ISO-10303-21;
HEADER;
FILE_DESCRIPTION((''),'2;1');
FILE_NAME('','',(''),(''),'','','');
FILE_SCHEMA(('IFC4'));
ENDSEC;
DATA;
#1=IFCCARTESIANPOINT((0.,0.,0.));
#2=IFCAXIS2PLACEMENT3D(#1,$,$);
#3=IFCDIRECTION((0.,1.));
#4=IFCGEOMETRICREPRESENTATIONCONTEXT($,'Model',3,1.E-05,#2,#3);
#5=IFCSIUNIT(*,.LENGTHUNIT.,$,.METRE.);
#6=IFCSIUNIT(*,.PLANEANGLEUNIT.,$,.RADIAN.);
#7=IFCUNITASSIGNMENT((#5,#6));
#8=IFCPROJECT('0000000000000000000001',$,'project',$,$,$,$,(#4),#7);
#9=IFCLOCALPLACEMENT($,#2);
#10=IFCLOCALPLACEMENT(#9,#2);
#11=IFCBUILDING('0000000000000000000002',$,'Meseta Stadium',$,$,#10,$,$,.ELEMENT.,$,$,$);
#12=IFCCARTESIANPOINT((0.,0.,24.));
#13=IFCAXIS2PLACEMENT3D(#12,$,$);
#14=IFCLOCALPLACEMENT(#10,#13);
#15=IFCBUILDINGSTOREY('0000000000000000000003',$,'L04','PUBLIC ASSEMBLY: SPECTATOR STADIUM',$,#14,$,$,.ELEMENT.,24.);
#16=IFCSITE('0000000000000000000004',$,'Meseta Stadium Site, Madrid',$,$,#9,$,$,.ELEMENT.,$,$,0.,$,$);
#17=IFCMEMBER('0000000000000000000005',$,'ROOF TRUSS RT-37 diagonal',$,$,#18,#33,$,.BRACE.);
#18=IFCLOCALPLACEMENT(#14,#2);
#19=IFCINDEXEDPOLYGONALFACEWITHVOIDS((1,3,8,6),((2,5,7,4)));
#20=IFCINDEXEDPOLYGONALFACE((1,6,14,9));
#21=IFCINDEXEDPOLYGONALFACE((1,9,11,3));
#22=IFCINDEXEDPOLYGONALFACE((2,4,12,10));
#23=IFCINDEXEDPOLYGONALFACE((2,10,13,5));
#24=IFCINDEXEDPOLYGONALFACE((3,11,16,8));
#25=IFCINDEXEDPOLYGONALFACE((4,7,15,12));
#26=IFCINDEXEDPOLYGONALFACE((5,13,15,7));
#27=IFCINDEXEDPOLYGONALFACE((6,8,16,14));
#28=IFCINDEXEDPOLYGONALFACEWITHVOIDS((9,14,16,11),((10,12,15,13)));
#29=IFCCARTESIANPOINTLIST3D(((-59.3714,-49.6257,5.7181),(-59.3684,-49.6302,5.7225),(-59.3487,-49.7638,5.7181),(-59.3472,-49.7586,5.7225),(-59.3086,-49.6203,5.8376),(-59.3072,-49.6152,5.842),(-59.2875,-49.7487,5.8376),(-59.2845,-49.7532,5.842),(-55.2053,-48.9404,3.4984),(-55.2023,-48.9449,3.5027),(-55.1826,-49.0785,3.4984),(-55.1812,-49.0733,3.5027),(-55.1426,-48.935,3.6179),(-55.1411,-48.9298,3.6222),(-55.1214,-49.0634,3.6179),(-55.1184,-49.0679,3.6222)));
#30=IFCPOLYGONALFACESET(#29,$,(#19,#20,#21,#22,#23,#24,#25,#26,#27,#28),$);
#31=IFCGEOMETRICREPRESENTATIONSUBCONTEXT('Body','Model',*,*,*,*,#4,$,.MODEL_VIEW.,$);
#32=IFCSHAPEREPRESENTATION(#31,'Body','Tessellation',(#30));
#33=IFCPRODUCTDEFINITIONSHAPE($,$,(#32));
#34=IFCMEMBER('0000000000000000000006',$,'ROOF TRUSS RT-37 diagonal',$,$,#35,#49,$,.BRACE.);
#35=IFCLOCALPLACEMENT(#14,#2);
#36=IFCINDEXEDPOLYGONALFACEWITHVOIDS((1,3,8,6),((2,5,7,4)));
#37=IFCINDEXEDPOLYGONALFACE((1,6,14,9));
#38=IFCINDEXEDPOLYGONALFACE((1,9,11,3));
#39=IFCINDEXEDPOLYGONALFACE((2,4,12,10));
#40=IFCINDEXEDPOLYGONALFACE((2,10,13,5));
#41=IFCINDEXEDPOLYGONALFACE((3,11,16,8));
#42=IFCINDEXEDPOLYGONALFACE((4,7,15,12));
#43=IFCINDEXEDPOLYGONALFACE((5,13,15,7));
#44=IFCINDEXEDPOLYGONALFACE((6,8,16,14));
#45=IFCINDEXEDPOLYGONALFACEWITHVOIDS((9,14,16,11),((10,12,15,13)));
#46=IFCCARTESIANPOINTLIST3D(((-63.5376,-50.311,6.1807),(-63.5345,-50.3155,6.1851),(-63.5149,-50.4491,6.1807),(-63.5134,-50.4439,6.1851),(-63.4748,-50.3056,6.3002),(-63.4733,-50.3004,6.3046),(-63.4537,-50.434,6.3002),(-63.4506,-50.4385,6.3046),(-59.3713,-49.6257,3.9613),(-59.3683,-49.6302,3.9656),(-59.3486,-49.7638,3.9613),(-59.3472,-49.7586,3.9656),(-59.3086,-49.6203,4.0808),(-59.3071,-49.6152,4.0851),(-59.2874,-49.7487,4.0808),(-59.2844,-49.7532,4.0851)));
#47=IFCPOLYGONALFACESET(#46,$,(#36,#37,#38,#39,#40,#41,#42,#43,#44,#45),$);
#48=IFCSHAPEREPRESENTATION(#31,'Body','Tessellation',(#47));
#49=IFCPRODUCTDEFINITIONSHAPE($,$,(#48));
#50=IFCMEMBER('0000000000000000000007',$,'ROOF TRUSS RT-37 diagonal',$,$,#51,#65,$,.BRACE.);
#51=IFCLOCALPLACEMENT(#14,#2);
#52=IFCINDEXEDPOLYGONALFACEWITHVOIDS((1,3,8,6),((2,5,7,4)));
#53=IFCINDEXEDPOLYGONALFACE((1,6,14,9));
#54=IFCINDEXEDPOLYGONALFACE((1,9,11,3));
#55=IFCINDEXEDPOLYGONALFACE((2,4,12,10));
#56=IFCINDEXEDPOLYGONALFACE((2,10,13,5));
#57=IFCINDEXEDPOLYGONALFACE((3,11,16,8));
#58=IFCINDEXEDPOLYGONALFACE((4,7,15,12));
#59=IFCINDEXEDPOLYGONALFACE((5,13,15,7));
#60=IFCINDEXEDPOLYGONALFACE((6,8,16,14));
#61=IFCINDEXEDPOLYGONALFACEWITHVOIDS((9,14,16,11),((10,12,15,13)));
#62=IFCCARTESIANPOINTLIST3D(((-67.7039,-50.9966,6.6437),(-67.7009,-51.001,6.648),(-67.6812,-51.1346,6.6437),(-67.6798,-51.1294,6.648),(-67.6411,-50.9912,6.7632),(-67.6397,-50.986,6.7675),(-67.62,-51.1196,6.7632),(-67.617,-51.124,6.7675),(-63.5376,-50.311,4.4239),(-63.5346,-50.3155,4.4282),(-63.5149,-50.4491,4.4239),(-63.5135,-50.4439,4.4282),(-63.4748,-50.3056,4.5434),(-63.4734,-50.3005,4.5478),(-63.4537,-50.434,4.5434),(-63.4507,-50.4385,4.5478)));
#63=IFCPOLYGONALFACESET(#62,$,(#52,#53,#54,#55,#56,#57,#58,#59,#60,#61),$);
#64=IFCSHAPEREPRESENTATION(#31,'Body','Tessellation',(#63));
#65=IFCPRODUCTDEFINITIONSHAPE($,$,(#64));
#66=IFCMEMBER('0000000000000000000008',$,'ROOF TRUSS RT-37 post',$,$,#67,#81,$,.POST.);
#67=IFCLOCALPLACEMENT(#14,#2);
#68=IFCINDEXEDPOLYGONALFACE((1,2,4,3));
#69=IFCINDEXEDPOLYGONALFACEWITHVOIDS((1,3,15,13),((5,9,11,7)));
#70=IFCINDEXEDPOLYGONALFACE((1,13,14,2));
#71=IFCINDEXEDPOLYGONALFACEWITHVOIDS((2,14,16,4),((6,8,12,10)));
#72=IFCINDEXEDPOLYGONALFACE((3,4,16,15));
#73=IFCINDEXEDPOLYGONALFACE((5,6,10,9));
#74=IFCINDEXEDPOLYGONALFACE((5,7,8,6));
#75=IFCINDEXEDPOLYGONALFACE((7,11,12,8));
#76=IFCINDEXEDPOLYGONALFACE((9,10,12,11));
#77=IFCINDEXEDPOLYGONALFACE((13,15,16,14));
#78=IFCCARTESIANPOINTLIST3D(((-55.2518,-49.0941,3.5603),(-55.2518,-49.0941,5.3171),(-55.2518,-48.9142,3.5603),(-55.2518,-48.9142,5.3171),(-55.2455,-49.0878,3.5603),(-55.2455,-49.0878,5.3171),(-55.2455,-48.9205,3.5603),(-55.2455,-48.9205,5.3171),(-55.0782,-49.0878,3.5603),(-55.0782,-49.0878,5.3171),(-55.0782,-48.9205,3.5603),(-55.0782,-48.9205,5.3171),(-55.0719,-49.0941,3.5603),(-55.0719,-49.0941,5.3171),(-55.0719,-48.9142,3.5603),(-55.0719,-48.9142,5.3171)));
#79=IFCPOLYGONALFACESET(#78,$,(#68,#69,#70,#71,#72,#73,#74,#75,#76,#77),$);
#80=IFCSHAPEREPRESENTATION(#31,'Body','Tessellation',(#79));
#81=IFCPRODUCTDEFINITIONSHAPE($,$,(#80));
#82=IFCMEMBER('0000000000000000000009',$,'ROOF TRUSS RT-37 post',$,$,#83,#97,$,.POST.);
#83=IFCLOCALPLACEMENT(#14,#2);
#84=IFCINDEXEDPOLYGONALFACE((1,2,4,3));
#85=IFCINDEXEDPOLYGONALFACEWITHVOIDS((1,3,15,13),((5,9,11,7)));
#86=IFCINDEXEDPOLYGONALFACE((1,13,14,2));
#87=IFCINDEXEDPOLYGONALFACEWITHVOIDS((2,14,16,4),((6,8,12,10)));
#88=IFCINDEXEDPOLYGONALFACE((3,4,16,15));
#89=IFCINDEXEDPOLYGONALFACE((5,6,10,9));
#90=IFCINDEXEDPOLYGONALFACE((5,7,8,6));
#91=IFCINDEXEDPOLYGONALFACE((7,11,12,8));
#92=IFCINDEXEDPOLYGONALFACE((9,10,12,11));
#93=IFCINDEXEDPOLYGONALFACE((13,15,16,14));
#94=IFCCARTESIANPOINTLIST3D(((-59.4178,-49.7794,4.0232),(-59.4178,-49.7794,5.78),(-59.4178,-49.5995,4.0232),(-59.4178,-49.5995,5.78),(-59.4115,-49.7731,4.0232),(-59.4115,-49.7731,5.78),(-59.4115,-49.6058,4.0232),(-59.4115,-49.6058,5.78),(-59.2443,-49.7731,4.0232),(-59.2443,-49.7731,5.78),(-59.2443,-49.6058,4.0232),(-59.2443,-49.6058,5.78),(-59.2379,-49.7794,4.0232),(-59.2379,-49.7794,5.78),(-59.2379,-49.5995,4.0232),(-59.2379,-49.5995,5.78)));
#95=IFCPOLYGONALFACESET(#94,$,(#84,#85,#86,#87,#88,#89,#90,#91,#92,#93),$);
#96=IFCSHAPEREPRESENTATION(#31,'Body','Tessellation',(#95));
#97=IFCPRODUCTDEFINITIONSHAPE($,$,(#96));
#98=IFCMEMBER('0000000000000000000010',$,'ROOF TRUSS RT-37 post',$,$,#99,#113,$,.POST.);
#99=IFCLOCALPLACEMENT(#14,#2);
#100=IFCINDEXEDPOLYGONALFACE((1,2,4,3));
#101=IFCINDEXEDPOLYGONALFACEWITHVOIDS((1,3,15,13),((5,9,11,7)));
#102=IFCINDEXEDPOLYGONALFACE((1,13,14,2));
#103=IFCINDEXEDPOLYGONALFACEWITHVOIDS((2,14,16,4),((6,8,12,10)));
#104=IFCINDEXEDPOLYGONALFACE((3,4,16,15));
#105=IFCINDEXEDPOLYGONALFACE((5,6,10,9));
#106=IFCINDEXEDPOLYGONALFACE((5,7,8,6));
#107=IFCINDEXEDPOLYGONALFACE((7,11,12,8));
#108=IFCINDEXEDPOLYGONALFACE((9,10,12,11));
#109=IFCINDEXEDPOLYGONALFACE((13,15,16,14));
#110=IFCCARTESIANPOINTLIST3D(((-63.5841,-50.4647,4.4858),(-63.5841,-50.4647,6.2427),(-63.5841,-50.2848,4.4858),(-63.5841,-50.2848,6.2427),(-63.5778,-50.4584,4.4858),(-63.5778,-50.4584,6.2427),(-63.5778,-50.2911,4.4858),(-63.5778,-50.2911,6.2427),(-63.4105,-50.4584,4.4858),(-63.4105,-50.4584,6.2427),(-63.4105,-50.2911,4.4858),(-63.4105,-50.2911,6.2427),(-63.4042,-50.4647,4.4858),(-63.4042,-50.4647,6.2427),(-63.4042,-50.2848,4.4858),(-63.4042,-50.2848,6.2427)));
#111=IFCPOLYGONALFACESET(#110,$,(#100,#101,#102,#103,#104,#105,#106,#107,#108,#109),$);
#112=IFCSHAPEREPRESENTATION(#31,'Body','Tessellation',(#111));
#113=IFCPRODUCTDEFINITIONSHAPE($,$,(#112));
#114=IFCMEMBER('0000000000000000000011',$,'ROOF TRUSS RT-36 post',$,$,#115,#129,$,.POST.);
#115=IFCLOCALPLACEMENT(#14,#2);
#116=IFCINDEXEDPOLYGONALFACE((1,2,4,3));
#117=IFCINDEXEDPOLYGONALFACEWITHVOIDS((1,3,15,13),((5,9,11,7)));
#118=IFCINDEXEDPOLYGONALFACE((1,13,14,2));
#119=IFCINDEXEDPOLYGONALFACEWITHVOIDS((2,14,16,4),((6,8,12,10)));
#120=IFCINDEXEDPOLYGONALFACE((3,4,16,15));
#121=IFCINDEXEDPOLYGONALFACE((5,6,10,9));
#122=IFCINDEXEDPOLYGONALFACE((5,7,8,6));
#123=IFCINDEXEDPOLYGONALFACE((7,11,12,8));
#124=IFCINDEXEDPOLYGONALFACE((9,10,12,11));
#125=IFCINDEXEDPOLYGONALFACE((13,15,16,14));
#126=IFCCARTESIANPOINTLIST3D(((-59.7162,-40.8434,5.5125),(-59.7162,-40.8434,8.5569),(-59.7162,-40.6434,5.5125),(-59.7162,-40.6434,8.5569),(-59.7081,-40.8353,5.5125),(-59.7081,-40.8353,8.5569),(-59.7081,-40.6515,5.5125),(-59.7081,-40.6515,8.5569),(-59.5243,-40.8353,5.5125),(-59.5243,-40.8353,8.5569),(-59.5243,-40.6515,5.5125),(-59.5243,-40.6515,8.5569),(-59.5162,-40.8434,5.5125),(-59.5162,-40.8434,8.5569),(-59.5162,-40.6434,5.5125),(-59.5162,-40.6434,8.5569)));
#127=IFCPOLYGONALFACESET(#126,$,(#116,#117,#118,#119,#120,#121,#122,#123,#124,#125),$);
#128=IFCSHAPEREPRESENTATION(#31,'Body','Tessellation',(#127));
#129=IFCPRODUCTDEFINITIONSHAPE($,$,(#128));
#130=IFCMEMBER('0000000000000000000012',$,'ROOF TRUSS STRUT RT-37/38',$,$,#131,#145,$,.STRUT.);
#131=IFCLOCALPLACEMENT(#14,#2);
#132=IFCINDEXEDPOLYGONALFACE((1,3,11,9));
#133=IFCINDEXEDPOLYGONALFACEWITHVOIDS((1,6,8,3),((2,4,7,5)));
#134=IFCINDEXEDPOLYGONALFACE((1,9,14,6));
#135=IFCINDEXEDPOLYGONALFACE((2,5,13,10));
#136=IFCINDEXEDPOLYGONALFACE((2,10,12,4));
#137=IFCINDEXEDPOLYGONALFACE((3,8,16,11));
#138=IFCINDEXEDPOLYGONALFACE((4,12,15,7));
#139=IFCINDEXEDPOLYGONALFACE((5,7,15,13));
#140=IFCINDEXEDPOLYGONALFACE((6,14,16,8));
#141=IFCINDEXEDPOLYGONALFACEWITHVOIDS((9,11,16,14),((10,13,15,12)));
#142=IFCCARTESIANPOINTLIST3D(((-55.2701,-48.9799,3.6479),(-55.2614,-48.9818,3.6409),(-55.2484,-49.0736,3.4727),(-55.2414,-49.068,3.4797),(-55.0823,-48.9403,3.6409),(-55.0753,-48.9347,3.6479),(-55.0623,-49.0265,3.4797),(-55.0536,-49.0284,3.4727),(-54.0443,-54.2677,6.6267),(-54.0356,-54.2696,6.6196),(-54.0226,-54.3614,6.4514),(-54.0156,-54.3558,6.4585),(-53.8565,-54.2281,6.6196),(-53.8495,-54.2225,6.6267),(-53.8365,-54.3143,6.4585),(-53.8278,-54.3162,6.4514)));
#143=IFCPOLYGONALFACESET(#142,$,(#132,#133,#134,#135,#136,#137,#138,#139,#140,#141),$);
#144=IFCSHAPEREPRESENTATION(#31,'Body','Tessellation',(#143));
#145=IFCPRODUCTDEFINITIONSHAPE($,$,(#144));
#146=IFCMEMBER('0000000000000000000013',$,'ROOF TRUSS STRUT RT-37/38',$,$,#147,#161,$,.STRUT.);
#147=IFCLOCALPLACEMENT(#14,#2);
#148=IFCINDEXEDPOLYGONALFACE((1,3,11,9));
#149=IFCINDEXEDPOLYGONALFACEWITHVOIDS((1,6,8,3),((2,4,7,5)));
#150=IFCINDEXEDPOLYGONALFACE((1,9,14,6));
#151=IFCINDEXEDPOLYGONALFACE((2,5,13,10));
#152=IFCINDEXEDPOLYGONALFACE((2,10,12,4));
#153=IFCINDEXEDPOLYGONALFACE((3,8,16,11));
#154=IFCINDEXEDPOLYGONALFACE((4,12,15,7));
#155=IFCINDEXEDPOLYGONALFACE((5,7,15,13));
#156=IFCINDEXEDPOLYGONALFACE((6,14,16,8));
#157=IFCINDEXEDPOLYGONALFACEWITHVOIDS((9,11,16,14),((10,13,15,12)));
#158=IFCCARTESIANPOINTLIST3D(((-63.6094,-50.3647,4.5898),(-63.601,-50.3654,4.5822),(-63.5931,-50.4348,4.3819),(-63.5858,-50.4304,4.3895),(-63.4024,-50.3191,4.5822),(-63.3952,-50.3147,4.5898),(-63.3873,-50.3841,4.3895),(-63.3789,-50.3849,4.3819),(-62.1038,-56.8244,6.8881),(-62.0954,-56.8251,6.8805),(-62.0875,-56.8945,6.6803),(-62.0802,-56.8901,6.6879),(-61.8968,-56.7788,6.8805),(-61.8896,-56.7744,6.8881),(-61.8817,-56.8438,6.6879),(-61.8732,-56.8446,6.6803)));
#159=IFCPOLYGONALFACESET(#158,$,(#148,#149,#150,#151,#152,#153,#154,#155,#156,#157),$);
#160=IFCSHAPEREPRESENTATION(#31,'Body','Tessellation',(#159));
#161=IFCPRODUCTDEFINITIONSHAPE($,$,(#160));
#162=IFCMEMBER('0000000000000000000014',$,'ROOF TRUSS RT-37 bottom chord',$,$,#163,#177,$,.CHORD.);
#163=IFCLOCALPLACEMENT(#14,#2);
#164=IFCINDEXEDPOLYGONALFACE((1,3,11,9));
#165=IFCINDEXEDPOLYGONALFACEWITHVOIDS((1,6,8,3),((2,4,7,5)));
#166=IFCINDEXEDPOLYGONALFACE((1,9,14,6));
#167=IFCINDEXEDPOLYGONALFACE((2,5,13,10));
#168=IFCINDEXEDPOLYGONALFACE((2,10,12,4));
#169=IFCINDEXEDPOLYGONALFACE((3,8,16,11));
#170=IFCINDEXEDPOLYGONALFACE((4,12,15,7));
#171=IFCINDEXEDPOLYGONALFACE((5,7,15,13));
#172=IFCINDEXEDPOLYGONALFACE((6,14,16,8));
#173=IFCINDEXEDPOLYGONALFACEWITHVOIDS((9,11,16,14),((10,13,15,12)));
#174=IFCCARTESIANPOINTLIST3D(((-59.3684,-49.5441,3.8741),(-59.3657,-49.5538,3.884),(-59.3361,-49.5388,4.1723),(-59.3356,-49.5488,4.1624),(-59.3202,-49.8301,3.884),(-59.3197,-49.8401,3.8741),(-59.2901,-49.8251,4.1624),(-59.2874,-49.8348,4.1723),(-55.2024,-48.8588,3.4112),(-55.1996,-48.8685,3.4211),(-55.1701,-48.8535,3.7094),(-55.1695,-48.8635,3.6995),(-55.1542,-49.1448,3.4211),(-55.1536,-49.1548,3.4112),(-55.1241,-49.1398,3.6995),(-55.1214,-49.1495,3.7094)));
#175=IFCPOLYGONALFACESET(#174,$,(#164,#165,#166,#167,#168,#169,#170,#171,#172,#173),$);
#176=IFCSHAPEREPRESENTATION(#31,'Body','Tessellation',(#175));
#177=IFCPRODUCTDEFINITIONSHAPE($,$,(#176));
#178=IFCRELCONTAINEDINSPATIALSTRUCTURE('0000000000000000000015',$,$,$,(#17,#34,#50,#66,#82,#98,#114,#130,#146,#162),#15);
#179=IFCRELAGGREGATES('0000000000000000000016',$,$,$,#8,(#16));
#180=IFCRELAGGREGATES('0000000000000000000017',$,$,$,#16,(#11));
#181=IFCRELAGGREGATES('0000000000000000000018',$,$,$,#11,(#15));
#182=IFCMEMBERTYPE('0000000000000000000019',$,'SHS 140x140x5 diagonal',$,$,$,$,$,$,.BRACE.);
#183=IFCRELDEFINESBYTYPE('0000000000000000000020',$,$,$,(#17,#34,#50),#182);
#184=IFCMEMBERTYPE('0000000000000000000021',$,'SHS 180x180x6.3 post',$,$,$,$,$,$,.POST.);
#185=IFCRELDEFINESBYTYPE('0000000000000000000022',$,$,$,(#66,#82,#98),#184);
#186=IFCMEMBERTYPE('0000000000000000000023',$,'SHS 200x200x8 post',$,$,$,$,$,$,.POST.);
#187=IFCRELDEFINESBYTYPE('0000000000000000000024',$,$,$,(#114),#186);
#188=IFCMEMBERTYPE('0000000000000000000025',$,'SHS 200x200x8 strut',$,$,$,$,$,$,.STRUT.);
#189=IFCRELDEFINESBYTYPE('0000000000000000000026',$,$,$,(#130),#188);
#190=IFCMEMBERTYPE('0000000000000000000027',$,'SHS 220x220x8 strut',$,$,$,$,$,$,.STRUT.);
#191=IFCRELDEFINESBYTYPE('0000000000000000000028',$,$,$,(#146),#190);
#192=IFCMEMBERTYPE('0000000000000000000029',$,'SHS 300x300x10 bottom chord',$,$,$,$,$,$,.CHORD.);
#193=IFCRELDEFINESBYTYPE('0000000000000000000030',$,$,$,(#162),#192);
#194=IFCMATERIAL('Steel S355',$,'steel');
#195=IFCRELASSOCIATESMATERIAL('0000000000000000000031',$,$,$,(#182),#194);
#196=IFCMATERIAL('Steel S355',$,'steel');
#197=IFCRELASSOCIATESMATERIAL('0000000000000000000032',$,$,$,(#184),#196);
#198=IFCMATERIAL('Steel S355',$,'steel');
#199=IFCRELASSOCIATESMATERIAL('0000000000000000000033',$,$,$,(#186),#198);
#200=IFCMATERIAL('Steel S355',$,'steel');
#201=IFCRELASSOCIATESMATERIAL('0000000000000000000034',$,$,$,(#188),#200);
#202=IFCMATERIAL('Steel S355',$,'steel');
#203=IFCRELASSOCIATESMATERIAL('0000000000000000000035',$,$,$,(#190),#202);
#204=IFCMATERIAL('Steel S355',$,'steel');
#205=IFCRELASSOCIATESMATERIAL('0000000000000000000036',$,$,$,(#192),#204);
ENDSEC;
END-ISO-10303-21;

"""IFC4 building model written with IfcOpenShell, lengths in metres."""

from ifc_helpers import new_model, si_unit, direction, frame, origin, origin_2d, place, context, subcontext, project, spatial, hollow_rectangle, extrude, material, material_profile, profile_set, type_object, element, save


model = new_model("IFC4")

# Units and contexts
model_context = context("Model", 3, precision=1e-05, world=origin(), true_north=direction((0.0, 1.0)))
body_context = subcontext(model_context, "Body", "Model", "MODEL_VIEW")
ifc_project = project(units=[si_unit("LENGTHUNIT", "METRE"), si_unit("PLANEANGLEUNIT", "RADIAN")], contexts=[model_context])

# Site, building, storey
site_placement = place(None, origin())
site = spatial("IfcSite", under=ifc_project, at=site_placement, Name="Meseta Stadium Site, Madrid", CompositionType="ELEMENT", RefElevation=0.0)
building_placement = place(site_placement, origin())
building = spatial("IfcBuilding", under=site, at=building_placement, Name="Meseta Stadium", CompositionType="ELEMENT")
storey_placement = place(building_placement, frame((0.0, 0.0, 24.0)))
storey = spatial("IfcBuildingStorey", under=building, at=storey_placement, Name="L04", Description="PUBLIC ASSEMBLY: SPECTATOR STADIUM", CompositionType="ELEMENT", Elevation=24.0)

# Members
ifc_material_1 = material(Name="Steel S355", Category="steel")
ifc_material_profile_1 = material_profile(ifc_material_1, hollow_rectangle(XDim=0.1399, YDim=0.1399, WallThickness=0.0049, at=origin_2d()), Name="SHS 140x140x5")
ifc_profile_set_1 = profile_set([ifc_material_profile_1], Name="Steel S355")
member_type_1 = type_object("IfcMemberType", Name="SHS 140x140x5 diagonal", PredefinedType="BRACE", material=ifc_profile_set_1)
for number, where, z_axis, x_axis, name in (
    (1, (-55.1619, -49.0042, 3.5603), (-0.873386, -0.143671, 0.465355), (0.162317, -0.986739, 0.0), "ROOF TRUSS RT-37 diagonal"),
    (2, (-59.3279, -49.6895, 4.0232), (-0.873419, -0.143668, 0.465295), (0.162308, -0.98674, 0.0), "ROOF TRUSS RT-37 diagonal"),
):
    element("IfcMember", number, at=place(storey_placement, frame(where, z_axis=z_axis, x_axis=x_axis)), inside=storey, type_object=member_type_1, Name=name, PredefinedType="BRACE", context=body_context, shape_type="SweptSolid", body=[
        extrude(hollow_rectangle(XDim=0.1399, YDim=0.1399, WallThickness=0.0049, at=origin_2d()), origin(), (0.0, 0.0, 1.0), 4.77),
    ])
member_1_placement = place(storey_placement, frame((-63.4941, -50.3748, 4.4858), z_axis=(-0.873392, -0.143714, 0.465331), x_axis=(0.162364, -0.986731, 0.0)))
element("IfcMember", 3, at=member_1_placement, inside=storey, type_object=member_type_1, Name="ROOF TRUSS RT-37 diagonal", PredefinedType="BRACE", context=body_context, shape_type="SweptSolid", body=[
    extrude(hollow_rectangle(XDim=0.1399, YDim=0.1399, WallThickness=0.0049, at=origin_2d()), origin(), (0.0, 0.0, 1.0), 4.7703),
])
ifc_material_2 = material(Name="Steel S355", Category="steel")
ifc_material_profile_2 = material_profile(ifc_material_2, hollow_rectangle(XDim=0.1799, YDim=0.1799, WallThickness=0.0063, at=origin_2d()), Name="SHS 180x180x6.3")
ifc_profile_set_2 = profile_set([ifc_material_profile_2], Name="Steel S355")
member_type_2 = type_object("IfcMemberType", Name="SHS 180x180x6.3 post", PredefinedType="POST", material=ifc_profile_set_2)
for number, where, z_axis, x_axis, name in (
    (4, (-55.1619, -49.0042, 3.5603), (0.0, 0.0, 1.0), (1.0, 0.0, 0.0), "ROOF TRUSS RT-37 post"),
    (5, (-59.3279, -49.6895, 4.0232), (0.0, 0.0, 1.0), (1.0, 0.0, 0.0), "ROOF TRUSS RT-37 post"),
    (6, (-63.4941, -50.3748, 4.4858), (0.0, 0.0, 1.0), (1.0, 0.0, 0.0), "ROOF TRUSS RT-37 post"),
):
    element("IfcMember", number, at=place(storey_placement, frame(where, z_axis=z_axis, x_axis=x_axis)), inside=storey, type_object=member_type_2, Name=name, PredefinedType="POST", context=body_context, shape_type="SweptSolid", body=[
        extrude(hollow_rectangle(XDim=0.1799, YDim=0.1799, WallThickness=0.0063, at=origin_2d()), origin(), (0.0, 0.0, 1.0), 1.7568),
    ])
ifc_material_3 = material(Name="Steel S355", Category="steel")
ifc_material_profile_3 = material_profile(ifc_material_3, hollow_rectangle(XDim=0.2, YDim=0.2, WallThickness=0.0081, at=origin_2d()), Name="SHS 200x200x8")
ifc_profile_set_3 = profile_set([ifc_material_profile_3], Name="Steel S355")
member_type_3 = type_object("IfcMemberType", Name="SHS 200x200x8 post", PredefinedType="POST", material=ifc_profile_set_3)
member_2_placement = place(storey_placement, frame((-59.6162, -40.7434, 5.5125), z_axis=(0.0, 0.0, 1.0), x_axis=(1.0, 0.0, 0.0)))
element("IfcMember", 7, at=member_2_placement, inside=storey, type_object=member_type_3, Name="ROOF TRUSS RT-36 post", PredefinedType="POST", context=body_context, shape_type="SweptSolid", body=[
    extrude(hollow_rectangle(XDim=0.2, YDim=0.2, WallThickness=0.0081, at=origin_2d()), origin(), (0.0, 0.0, 1.0), 3.0444),
])
ifc_material_4 = material(Name="Steel S355", Category="steel")
ifc_material_profile_4 = material_profile(ifc_material_4, hollow_rectangle(XDim=0.2, YDim=0.2, WallThickness=0.0081, at=origin_2d()), Name="SHS 200x200x8")
ifc_profile_set_4 = profile_set([ifc_material_profile_4], Name="Steel S355")
member_type_4 = type_object("IfcMemberType", Name="SHS 200x200x8 strut", PredefinedType="STRUT", material=ifc_profile_set_4)
member_3_placement = place(storey_placement, frame((-55.1619, -49.0042, 3.5603), z_axis=(0.19798, -0.854023, 0.48109), x_axis=(0.974166, 0.225832, 0.0)))
element("IfcMember", 8, at=member_3_placement, inside=storey, type_object=member_type_4, Name="ROOF TRUSS STRUT RT-37/38", PredefinedType="STRUT", context=body_context, shape_type="SweptSolid", body=[
    extrude(hollow_rectangle(XDim=0.2, YDim=0.2, WallThickness=0.0081, at=origin_2d()), origin(), (0.0, 0.0, 1.0), 6.1917),
])
ifc_material_5 = material(Name="Steel S355", Category="steel")
ifc_material_profile_5 = material_profile(ifc_material_5, hollow_rectangle(XDim=0.22, YDim=0.22, WallThickness=0.0081, at=origin_2d()), Name="SHS 220x220x8")
ifc_profile_set_5 = profile_set([ifc_material_profile_5], Name="Steel S355")
member_type_5 = type_object("IfcMemberType", Name="SHS 220x220x8 strut", PredefinedType="STRUT", material=ifc_profile_set_5)
member_4_placement = place(storey_placement, frame((-63.4941, -50.3748, 4.4858), z_axis=(0.214482, -0.920218, 0.32741), x_axis=(0.973896, 0.226993, 0.0)))
element("IfcMember", 9, at=member_4_placement, inside=storey, type_object=member_type_5, Name="ROOF TRUSS STRUT RT-37/38", PredefinedType="STRUT", context=body_context, shape_type="SweptSolid", body=[
    extrude(hollow_rectangle(XDim=0.22, YDim=0.22, WallThickness=0.0081, at=origin_2d()), origin(), (0.0, 0.0, 1.0), 7.0198),
])
ifc_material_6 = material(Name="Steel S355", Category="steel")
ifc_material_profile_6 = material_profile(ifc_material_6, hollow_rectangle(XDim=0.3, YDim=0.3, WallThickness=0.01, at=origin_2d()), Name="SHS 300x300x10")
ifc_profile_set_6 = profile_set([ifc_material_profile_6], Name="Steel S355")
member_type_6 = type_object("IfcMemberType", Name="SHS 300x300x10 bottom chord", PredefinedType="CHORD", material=ifc_profile_set_6)
member_5_placement = place(storey_placement, frame((-55.1619, -49.0042, 3.5603), z_axis=(-0.980861, -0.16135, 0.108985), x_axis=(0.162317, -0.986739, 0.0)))
element("IfcMember", 10, at=member_5_placement, inside=storey, type_object=member_type_6, Name="ROOF TRUSS RT-37 bottom chord", PredefinedType="CHORD", context=body_context, shape_type="SweptSolid", body=[
    extrude(hollow_rectangle(XDim=0.3, YDim=0.3, WallThickness=0.01, at=origin_2d()), origin(), (0.0, 0.0, 1.0), 4.2473),
])

save(model, "model.ifc")
